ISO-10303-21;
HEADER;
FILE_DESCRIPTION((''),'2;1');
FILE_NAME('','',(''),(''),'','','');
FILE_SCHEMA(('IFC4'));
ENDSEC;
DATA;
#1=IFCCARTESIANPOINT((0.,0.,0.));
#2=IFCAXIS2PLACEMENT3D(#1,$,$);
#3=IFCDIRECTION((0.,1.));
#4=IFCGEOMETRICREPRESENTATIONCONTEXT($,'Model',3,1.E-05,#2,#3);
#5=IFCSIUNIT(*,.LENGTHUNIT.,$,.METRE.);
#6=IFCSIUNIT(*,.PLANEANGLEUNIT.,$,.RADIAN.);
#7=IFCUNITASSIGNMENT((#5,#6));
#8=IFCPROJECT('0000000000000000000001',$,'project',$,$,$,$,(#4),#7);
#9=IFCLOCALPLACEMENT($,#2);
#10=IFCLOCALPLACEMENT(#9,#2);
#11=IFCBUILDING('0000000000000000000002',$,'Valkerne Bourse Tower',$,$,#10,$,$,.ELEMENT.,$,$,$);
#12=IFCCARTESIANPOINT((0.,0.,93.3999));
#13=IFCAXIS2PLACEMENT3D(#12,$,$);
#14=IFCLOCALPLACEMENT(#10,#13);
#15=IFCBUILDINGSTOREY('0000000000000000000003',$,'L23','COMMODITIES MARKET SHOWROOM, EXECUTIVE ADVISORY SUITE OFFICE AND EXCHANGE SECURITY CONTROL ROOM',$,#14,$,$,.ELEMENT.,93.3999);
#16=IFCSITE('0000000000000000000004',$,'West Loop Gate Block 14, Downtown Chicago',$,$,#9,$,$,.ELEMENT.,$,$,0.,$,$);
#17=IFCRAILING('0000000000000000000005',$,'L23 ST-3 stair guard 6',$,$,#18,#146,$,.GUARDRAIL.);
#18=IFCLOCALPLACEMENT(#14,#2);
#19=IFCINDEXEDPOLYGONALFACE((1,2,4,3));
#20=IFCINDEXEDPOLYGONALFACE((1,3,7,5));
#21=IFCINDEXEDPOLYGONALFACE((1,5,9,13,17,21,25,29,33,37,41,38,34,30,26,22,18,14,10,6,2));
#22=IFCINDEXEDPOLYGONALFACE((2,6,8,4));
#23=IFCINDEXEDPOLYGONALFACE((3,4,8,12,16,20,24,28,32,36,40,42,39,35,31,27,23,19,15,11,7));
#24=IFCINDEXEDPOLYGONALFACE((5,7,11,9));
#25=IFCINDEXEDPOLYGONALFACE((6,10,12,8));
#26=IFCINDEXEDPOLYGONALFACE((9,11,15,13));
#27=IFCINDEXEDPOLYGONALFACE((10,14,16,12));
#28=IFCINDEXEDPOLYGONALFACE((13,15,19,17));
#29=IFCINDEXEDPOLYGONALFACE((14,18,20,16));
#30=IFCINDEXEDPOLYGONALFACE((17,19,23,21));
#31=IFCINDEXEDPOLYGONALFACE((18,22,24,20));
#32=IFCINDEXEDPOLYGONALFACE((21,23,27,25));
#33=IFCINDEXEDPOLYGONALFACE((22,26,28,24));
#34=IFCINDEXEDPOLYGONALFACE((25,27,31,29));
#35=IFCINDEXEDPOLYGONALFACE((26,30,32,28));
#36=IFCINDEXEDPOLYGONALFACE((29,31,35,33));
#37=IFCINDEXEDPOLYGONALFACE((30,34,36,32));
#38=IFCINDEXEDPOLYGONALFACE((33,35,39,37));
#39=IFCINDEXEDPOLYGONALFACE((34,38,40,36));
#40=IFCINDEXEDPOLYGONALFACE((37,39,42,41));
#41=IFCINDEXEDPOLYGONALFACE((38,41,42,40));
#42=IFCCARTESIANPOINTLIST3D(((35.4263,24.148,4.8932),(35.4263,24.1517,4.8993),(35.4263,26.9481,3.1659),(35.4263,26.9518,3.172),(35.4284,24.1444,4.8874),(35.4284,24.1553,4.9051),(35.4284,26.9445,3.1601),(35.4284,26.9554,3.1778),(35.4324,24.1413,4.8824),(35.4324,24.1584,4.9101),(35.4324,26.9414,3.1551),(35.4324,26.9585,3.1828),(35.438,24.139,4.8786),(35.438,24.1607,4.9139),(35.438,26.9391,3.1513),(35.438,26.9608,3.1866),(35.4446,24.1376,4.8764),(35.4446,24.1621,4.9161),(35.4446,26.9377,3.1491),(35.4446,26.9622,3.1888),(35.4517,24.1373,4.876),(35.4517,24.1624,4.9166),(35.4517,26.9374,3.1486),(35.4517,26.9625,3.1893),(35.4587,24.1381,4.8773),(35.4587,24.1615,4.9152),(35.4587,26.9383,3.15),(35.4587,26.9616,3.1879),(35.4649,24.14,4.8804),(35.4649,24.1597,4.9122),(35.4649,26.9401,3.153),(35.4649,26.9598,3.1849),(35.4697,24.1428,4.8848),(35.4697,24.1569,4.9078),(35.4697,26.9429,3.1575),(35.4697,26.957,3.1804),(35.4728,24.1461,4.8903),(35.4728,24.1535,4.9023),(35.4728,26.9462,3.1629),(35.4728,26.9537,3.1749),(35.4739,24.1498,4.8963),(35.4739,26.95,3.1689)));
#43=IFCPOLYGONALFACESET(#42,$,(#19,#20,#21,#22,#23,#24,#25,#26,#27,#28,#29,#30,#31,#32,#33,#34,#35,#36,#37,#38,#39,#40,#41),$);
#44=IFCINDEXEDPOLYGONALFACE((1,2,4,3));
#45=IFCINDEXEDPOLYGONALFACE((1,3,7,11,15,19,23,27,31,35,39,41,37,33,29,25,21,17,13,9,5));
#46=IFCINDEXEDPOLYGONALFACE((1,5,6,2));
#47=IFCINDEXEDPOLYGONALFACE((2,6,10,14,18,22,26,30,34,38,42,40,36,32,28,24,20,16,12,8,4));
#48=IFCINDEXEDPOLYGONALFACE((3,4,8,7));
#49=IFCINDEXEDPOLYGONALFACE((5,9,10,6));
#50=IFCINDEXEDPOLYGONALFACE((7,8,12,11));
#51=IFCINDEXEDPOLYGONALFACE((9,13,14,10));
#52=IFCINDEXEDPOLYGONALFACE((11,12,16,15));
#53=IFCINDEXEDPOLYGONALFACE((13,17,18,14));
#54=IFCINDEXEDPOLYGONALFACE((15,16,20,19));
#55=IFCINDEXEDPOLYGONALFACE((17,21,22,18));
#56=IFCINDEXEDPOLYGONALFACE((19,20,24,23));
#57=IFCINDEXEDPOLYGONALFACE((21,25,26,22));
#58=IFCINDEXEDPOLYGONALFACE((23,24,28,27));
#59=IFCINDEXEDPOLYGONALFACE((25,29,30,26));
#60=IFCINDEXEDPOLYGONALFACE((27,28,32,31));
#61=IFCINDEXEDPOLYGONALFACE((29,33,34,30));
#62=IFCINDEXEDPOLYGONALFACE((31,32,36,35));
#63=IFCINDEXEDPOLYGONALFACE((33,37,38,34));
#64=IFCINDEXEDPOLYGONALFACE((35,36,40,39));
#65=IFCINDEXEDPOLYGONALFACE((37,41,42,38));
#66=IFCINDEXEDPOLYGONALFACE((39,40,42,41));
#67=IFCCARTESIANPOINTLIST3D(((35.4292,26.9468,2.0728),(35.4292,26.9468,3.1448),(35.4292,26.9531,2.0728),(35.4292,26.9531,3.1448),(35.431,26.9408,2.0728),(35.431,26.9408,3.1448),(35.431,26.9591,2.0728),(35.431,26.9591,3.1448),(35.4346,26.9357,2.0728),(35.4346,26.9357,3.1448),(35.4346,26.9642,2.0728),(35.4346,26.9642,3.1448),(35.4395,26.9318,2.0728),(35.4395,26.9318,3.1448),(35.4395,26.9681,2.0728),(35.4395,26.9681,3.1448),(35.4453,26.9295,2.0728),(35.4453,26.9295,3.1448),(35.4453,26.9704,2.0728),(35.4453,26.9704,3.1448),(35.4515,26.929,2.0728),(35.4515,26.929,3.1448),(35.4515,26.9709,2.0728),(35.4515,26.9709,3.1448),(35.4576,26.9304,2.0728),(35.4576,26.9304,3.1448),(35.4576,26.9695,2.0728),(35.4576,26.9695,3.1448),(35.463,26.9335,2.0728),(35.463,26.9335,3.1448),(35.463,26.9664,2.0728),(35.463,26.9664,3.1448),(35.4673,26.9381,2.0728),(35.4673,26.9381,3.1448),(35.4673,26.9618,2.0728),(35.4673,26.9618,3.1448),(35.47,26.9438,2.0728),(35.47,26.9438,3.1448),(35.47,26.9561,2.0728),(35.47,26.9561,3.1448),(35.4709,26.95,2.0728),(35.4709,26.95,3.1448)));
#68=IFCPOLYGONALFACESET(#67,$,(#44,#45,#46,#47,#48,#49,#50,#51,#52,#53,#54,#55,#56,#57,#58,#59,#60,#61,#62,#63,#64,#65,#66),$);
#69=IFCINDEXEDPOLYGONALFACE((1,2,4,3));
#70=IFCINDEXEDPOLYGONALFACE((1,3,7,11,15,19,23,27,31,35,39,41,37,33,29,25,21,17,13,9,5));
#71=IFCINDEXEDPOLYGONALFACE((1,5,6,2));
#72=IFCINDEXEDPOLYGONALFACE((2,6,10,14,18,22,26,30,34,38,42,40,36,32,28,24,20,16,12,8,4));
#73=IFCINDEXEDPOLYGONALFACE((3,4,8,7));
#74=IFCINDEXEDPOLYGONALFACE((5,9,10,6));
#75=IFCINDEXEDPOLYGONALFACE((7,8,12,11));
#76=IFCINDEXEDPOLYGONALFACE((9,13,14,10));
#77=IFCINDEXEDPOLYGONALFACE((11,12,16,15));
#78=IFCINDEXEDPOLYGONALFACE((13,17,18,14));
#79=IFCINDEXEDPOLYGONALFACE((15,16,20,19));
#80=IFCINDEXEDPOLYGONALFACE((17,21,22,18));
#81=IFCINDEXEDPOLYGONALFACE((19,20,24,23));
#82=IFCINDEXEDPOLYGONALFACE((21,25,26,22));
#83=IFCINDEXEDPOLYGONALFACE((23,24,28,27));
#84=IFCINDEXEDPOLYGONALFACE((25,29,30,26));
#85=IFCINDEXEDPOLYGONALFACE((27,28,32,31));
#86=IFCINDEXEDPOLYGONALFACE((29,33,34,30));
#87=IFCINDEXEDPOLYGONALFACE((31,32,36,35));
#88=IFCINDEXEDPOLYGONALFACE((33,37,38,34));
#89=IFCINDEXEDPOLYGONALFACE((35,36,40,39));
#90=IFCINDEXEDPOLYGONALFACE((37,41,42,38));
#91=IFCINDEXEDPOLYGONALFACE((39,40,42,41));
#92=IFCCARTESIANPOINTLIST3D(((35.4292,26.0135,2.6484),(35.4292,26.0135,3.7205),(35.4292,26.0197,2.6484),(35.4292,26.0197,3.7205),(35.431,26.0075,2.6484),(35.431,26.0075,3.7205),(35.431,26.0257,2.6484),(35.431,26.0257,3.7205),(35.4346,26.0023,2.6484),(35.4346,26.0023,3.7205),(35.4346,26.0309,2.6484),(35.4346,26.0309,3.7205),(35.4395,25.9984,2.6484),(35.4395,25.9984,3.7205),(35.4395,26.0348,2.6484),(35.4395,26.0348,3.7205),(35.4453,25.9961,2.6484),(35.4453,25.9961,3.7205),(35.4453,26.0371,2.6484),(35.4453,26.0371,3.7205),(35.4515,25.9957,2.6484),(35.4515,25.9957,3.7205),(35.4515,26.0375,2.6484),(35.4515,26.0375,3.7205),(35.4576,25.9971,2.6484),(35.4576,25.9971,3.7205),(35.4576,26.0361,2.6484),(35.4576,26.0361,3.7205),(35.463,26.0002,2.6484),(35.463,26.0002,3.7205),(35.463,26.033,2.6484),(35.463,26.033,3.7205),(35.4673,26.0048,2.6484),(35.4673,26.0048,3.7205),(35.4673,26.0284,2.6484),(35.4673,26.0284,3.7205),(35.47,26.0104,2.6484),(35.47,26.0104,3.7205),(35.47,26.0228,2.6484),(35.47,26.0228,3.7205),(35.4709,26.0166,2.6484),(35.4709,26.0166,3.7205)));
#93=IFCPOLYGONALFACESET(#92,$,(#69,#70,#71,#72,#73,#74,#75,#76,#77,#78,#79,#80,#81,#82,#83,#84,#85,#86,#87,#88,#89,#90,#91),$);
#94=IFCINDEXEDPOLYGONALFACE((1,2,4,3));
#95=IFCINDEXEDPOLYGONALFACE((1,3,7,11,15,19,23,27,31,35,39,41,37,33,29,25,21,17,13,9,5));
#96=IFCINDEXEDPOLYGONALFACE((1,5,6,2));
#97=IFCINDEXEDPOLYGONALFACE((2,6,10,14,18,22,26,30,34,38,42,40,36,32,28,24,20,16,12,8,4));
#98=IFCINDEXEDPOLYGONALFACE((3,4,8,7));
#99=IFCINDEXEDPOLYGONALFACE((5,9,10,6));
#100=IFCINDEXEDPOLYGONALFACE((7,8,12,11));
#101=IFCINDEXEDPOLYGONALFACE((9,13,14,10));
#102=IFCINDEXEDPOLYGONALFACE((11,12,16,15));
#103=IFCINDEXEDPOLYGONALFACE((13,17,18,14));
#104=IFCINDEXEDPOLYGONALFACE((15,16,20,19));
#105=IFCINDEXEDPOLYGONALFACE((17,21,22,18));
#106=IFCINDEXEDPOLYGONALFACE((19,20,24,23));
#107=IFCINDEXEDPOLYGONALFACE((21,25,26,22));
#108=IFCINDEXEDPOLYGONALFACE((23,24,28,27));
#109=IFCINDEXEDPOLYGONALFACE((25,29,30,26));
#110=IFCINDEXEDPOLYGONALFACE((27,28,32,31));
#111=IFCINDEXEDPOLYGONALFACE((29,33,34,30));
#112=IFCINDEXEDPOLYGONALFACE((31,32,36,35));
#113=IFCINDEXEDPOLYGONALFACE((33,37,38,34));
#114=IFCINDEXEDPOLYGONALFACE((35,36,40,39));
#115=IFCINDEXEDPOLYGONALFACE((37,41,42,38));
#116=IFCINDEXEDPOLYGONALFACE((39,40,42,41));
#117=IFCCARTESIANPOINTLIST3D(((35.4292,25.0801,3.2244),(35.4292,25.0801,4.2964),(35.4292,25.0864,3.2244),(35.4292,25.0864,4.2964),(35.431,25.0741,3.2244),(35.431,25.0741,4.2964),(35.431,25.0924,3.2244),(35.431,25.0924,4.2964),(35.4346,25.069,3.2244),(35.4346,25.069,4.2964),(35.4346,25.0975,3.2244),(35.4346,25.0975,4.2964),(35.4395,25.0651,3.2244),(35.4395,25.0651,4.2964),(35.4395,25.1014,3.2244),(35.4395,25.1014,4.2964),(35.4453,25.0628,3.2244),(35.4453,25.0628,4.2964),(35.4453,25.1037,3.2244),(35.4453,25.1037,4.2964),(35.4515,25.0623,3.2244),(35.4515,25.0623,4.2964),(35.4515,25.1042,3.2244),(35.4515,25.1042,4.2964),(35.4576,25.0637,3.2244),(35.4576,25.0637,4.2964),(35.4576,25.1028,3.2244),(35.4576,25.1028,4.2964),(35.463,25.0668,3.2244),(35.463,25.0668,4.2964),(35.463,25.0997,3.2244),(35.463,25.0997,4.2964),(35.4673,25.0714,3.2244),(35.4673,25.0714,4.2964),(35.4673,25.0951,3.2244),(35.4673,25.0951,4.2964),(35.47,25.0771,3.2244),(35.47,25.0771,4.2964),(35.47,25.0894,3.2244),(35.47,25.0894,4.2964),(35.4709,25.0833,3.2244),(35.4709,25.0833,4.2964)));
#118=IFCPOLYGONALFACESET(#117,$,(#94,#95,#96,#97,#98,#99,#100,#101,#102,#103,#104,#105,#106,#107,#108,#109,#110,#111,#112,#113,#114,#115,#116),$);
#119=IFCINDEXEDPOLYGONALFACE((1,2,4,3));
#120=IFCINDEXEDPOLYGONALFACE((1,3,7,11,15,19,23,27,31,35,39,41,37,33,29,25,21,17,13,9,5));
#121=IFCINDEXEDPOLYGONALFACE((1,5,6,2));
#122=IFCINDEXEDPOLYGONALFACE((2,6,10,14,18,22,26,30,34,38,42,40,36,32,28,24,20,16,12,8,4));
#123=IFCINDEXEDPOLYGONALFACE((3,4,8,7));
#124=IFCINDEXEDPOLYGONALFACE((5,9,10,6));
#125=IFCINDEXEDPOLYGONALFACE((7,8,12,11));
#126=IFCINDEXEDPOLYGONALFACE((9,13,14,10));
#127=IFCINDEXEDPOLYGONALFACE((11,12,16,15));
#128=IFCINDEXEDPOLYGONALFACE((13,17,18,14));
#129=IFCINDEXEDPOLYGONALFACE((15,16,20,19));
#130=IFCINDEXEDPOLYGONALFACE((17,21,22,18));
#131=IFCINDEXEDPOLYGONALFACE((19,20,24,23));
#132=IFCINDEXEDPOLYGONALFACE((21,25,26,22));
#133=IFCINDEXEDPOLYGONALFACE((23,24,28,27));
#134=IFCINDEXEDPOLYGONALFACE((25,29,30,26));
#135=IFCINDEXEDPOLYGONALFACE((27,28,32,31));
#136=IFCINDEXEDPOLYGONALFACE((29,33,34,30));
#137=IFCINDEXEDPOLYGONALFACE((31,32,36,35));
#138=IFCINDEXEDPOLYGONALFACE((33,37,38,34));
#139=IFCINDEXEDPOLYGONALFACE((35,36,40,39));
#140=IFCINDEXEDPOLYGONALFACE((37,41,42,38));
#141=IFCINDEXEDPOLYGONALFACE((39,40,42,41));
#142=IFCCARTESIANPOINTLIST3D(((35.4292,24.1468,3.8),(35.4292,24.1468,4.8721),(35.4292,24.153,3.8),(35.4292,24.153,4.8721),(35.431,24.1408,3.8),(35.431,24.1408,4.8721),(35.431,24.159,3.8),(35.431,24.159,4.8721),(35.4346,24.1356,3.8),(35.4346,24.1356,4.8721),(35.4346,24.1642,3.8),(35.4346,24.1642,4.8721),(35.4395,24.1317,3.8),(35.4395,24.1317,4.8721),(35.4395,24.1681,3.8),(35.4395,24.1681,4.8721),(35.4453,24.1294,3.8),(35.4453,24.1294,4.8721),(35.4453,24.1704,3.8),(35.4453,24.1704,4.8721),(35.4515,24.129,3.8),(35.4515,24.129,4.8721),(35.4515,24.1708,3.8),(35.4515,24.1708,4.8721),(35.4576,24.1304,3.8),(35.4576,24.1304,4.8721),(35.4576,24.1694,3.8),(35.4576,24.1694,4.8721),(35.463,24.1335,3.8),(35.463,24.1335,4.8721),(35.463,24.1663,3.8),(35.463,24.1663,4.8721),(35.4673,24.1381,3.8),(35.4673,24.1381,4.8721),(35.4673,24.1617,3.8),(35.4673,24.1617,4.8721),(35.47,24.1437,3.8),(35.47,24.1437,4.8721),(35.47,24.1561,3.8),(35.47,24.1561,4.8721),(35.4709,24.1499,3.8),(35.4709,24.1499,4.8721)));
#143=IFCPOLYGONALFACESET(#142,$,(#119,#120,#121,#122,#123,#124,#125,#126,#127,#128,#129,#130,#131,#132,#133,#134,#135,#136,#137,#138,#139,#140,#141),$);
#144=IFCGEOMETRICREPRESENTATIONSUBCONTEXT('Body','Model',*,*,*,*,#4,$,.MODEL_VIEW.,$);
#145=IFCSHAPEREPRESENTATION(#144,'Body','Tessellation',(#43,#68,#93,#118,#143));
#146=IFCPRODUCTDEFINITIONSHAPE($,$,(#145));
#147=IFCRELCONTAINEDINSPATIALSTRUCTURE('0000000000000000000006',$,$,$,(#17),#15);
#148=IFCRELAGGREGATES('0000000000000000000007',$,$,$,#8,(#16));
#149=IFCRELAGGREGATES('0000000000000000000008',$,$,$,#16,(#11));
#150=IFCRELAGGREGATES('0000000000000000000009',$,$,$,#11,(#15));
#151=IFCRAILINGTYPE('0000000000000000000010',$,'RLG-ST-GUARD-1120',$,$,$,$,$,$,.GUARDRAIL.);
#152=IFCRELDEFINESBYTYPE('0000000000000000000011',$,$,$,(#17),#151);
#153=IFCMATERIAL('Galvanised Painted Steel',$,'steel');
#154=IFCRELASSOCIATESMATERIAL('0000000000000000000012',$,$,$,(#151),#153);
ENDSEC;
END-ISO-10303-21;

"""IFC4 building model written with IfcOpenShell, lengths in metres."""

from ifc_helpers import new_model, si_unit, direction, frame, origin, origin_2d, place, context, subcontext, project, spatial, circle, extrude, material, type_object, element, save


model = new_model("IFC4")

# Units and contexts
model_context = context("Model", 3, precision=1e-05, world=origin(), true_north=direction((0.0, 1.0)))
body_context = subcontext(model_context, "Body", "Model", "MODEL_VIEW")
ifc_project = project(units=[si_unit("LENGTHUNIT", "METRE"), si_unit("PLANEANGLEUNIT", "RADIAN")], contexts=[model_context])

# Site, building, storey
site_placement = place(None, origin())
site = spatial("IfcSite", under=ifc_project, at=site_placement, Name="West Loop Gate Block 14, Downtown Chicago", CompositionType="ELEMENT", RefElevation=0.0)
building_placement = place(site_placement, origin())
building = spatial("IfcBuilding", under=site, at=building_placement, Name="Valkerne Bourse Tower", CompositionType="ELEMENT")
storey_placement = place(building_placement, frame((0.0, 0.0, 93.3999)))
storey = spatial("IfcBuildingStorey", under=building, at=storey_placement, Name="L23", Description="COMMODITIES MARKET SHOWROOM, EXECUTIVE ADVISORY SUITE OFFICE AND EXCHANGE SECURITY CONTROL ROOM", CompositionType="ELEMENT", Elevation=93.3999)

# Shared definitions
ifc_material_1 = material(Name="Galvanised Painted Steel", Category="steel")

# Railing
railing_type_1 = type_object("IfcRailingType", Name="RLG-ST-GUARD-1120", PredefinedType="GUARDRAIL", material=ifc_material_1)
railing_1_placement = place(storey_placement, frame((35.45, 26.95, 2.0728)))
element("IfcRailing", 1, at=railing_1_placement, inside=storey, type_object=railing_type_1, Name="L23 ST-3 stair guard 6", PredefinedType="GUARDRAIL", context=body_context, shape_type="SweptSolid", body=[
    extrude(circle(Radius=0.0239, at=origin_2d()), frame((0.0, 0.0, 1.0962), z_axis=(0.0, -0.85109, 0.52502), x_axis=(1.0, 0.0, 0.0)), (0.0, 0.0, 1.0), 3.29),
    extrude(circle(Radius=0.021, at=origin_2d()), origin(), (0.0, 0.0, 1.0), 1.072),
    extrude(circle(Radius=0.021, at=origin_2d()), frame((0.0, -0.9333, 0.5757)), (0.0, 0.0, 1.0), 1.072),
    extrude(circle(Radius=0.021, at=origin_2d()), frame((0.0, -1.8667, 1.1516)), (0.0, 0.0, 1.0), 1.072),
    extrude(circle(Radius=0.021, at=origin_2d()), frame((0.0, -2.8, 1.7273)), (0.0, 0.0, 1.0), 1.072),
])

save(model, "model.ifc")
